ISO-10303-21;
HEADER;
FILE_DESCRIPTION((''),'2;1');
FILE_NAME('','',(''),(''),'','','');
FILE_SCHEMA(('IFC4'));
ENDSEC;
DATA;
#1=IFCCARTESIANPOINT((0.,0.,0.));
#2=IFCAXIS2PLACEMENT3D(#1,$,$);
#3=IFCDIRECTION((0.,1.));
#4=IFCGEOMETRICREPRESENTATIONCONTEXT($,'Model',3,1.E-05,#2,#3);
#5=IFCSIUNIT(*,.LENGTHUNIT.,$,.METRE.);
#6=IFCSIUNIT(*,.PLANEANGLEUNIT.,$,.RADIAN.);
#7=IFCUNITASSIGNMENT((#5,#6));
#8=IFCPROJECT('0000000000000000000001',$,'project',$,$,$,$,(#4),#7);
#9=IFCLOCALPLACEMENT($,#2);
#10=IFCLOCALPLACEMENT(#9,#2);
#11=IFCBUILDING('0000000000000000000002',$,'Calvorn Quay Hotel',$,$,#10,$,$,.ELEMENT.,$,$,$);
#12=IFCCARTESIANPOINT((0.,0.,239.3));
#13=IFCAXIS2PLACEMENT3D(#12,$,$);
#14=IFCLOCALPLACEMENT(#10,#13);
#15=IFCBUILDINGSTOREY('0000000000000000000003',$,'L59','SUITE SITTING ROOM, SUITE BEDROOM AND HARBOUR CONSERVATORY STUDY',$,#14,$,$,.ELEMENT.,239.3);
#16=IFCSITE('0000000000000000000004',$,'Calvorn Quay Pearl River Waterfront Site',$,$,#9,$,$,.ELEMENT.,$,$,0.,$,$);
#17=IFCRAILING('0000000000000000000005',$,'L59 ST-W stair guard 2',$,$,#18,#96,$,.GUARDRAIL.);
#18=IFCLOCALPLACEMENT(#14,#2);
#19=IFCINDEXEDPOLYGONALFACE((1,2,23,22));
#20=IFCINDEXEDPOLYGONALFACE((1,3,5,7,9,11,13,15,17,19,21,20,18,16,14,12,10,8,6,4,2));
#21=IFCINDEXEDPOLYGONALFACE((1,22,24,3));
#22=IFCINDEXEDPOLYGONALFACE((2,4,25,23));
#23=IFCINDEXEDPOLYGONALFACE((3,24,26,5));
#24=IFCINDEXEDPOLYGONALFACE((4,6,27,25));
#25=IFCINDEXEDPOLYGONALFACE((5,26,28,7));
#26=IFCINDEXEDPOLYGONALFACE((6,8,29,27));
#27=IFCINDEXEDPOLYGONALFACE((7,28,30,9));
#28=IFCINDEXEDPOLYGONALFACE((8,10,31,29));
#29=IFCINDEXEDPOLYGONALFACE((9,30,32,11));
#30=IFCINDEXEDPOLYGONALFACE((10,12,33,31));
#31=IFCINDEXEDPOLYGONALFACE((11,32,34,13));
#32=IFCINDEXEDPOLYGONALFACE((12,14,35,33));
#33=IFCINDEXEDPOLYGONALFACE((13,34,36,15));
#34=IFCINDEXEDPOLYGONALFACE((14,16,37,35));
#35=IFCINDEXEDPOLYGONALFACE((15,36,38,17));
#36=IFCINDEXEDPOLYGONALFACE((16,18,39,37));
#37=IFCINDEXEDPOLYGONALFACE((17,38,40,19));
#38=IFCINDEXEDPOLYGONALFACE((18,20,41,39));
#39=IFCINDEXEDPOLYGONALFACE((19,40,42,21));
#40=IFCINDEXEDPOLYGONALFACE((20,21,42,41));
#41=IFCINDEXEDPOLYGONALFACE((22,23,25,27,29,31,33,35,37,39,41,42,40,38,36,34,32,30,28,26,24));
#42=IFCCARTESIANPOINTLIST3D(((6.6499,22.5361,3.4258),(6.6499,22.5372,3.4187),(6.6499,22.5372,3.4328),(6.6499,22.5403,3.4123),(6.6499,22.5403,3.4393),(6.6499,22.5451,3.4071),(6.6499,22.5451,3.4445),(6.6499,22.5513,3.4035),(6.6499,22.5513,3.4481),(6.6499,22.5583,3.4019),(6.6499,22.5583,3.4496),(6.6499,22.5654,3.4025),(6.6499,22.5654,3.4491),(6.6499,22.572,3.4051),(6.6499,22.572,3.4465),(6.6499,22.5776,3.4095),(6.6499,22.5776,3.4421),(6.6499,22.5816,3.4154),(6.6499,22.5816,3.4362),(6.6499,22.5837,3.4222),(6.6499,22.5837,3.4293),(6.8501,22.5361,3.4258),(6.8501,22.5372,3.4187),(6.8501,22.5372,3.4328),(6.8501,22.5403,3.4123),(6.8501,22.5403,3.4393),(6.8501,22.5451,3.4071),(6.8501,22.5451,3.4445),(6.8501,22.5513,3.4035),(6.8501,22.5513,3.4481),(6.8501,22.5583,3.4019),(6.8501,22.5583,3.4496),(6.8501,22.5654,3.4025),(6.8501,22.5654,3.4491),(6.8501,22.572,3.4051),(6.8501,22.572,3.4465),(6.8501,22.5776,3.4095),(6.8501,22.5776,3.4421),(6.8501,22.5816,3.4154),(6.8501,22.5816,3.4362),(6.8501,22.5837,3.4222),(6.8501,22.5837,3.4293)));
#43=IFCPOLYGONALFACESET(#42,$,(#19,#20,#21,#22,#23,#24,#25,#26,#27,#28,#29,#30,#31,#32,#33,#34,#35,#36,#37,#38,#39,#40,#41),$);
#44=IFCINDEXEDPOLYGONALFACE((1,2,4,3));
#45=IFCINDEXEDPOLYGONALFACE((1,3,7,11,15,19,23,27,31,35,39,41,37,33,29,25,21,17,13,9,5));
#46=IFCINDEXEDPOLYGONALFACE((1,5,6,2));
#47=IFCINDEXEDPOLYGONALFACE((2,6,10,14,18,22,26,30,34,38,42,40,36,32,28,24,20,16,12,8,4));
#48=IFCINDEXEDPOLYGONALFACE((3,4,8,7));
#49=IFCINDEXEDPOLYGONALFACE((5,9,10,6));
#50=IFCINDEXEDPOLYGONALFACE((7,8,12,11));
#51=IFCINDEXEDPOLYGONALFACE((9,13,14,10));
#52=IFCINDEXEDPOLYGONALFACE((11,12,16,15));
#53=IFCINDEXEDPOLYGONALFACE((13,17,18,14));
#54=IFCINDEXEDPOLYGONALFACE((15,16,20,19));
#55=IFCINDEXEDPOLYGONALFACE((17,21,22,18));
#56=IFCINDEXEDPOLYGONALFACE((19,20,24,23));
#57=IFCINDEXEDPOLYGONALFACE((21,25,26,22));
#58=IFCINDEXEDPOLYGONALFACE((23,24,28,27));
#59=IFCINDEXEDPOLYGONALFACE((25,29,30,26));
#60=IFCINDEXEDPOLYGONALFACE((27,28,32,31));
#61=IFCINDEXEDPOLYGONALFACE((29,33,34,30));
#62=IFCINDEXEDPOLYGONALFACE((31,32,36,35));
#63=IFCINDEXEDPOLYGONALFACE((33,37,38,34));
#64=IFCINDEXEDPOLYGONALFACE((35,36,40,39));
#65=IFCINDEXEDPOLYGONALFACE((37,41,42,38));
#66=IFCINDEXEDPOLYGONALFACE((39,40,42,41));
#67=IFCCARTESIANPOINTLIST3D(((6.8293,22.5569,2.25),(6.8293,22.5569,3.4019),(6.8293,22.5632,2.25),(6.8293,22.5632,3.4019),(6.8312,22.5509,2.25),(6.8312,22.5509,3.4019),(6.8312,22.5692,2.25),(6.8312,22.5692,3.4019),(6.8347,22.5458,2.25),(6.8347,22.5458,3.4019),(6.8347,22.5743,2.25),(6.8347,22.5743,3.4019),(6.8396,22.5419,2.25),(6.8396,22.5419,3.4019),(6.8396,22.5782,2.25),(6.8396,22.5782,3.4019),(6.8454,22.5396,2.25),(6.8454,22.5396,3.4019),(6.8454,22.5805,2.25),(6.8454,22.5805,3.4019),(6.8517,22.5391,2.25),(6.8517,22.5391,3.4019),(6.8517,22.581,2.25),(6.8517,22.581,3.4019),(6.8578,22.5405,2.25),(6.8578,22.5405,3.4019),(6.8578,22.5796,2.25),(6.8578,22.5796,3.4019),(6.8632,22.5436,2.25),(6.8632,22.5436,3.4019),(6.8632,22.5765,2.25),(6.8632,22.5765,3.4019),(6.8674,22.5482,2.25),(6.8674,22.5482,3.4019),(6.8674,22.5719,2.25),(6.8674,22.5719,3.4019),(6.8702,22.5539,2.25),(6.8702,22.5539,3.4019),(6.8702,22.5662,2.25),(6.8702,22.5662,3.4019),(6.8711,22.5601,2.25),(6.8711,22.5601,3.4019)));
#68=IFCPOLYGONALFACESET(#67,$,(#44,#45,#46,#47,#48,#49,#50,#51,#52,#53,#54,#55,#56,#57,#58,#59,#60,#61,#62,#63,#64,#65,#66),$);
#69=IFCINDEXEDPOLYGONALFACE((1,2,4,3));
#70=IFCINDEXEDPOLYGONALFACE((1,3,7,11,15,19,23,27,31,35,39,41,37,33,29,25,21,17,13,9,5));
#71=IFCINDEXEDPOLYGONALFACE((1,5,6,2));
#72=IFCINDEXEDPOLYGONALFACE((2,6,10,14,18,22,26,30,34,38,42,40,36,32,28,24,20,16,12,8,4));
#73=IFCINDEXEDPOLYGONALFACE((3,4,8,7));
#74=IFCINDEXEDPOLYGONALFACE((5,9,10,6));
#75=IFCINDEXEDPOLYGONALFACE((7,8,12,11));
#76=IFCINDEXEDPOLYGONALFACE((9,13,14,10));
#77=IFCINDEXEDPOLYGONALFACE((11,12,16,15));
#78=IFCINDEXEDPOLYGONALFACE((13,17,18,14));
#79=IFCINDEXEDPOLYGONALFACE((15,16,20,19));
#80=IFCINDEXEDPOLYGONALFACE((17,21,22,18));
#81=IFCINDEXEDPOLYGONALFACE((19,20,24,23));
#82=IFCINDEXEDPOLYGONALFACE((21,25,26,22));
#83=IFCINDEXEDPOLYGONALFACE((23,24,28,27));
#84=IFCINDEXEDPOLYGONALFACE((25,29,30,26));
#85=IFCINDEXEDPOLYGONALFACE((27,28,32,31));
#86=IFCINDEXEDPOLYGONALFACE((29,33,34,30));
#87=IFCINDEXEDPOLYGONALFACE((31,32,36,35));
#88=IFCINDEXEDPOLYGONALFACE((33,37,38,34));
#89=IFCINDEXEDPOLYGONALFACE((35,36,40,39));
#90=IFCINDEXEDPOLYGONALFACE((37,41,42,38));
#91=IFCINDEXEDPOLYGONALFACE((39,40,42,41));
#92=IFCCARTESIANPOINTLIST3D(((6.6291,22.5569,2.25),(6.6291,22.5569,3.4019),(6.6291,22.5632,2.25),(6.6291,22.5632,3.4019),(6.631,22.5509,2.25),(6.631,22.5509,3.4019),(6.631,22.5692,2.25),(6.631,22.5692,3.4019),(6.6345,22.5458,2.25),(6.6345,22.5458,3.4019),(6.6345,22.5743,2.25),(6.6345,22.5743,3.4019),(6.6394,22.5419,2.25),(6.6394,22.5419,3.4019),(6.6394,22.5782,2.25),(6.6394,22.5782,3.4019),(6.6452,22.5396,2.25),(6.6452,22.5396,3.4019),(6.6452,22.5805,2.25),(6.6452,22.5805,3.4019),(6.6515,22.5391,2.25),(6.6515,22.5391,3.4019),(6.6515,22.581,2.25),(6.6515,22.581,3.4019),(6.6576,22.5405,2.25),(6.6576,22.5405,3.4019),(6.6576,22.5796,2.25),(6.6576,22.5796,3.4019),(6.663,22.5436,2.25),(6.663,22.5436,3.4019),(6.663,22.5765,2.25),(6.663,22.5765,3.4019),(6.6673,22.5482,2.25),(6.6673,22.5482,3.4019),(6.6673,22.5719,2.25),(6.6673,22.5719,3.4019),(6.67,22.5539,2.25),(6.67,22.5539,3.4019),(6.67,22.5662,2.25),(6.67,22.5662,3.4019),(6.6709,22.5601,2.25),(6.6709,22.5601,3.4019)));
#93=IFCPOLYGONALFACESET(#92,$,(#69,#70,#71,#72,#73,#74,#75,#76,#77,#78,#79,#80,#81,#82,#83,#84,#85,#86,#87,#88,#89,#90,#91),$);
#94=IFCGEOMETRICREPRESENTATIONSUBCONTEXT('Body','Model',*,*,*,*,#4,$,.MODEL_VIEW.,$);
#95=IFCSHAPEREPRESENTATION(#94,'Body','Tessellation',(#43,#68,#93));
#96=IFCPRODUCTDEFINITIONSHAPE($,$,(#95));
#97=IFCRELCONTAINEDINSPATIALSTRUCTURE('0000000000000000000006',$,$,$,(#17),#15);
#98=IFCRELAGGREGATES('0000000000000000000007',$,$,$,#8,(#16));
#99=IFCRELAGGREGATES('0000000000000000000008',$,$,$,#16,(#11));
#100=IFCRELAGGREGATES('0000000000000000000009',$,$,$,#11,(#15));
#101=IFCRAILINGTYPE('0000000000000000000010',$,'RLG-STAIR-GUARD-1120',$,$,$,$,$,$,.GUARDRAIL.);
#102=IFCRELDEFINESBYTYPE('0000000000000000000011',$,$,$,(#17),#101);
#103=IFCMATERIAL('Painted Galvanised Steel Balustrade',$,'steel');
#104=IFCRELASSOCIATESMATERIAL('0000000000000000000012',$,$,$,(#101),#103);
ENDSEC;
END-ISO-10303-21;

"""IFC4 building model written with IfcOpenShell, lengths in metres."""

from ifc_helpers import new_model, si_unit, direction, frame, origin, origin_2d, place, context, subcontext, project, spatial, circle, extrude, material, type_object, element, save


model = new_model("IFC4")

# Units and contexts
model_context = context("Model", 3, precision=1e-05, world=origin(), true_north=direction((0.0, 1.0)))
body_context = subcontext(model_context, "Body", "Model", "MODEL_VIEW")
ifc_project = project(units=[si_unit("LENGTHUNIT", "METRE"), si_unit("PLANEANGLEUNIT", "RADIAN")], contexts=[model_context])

# Site, building, storey
site_placement = place(None, origin())
site = spatial("IfcSite", under=ifc_project, at=site_placement, Name="Calvorn Quay Pearl River Waterfront Site", CompositionType="ELEMENT", RefElevation=0.0)
building_placement = place(site_placement, origin())
building = spatial("IfcBuilding", under=site, at=building_placement, Name="Calvorn Quay Hotel", CompositionType="ELEMENT")
storey_placement = place(building_placement, frame((0.0, 0.0, 239.3)))
storey = spatial("IfcBuildingStorey", under=building, at=storey_placement, Name="L59", Description="SUITE SITTING ROOM, SUITE BEDROOM AND HARBOUR CONSERVATORY STUDY", CompositionType="ELEMENT", Elevation=239.3)

# Railing
ifc_material_1 = material(Name="Painted Galvanised Steel Balustrade", Category="steel")
railing_type_1 = type_object("IfcRailingType", Name="RLG-STAIR-GUARD-1120", PredefinedType="GUARDRAIL", material=ifc_material_1)
railing_1_placement = place(storey_placement, frame((6.8501, 22.5601, 2.25)))
element("IfcRailing", 1, at=railing_1_placement, inside=storey, type_object=railing_type_1, Name="L59 ST-W stair guard 2", PredefinedType="GUARDRAIL", context=body_context, shape_type="SweptSolid", body=[
    extrude(circle(Radius=0.0239, at=origin_2d()), frame((0.0, 0.0, 1.1758), z_axis=(-1.0, 0.0, 0.0), x_axis=(0.0, -1.0, 0.0)), (0.0, 0.0, 1.0), 0.2002),
    extrude(circle(Radius=0.021, at=origin_2d()), origin(), (0.0, 0.0, 1.0), 1.1519),
    extrude(circle(Radius=0.021, at=origin_2d()), frame((-0.2002, 0.0, 0.0)), (0.0, 0.0, 1.0), 1.1519),
])

save(model, "model.ifc")
